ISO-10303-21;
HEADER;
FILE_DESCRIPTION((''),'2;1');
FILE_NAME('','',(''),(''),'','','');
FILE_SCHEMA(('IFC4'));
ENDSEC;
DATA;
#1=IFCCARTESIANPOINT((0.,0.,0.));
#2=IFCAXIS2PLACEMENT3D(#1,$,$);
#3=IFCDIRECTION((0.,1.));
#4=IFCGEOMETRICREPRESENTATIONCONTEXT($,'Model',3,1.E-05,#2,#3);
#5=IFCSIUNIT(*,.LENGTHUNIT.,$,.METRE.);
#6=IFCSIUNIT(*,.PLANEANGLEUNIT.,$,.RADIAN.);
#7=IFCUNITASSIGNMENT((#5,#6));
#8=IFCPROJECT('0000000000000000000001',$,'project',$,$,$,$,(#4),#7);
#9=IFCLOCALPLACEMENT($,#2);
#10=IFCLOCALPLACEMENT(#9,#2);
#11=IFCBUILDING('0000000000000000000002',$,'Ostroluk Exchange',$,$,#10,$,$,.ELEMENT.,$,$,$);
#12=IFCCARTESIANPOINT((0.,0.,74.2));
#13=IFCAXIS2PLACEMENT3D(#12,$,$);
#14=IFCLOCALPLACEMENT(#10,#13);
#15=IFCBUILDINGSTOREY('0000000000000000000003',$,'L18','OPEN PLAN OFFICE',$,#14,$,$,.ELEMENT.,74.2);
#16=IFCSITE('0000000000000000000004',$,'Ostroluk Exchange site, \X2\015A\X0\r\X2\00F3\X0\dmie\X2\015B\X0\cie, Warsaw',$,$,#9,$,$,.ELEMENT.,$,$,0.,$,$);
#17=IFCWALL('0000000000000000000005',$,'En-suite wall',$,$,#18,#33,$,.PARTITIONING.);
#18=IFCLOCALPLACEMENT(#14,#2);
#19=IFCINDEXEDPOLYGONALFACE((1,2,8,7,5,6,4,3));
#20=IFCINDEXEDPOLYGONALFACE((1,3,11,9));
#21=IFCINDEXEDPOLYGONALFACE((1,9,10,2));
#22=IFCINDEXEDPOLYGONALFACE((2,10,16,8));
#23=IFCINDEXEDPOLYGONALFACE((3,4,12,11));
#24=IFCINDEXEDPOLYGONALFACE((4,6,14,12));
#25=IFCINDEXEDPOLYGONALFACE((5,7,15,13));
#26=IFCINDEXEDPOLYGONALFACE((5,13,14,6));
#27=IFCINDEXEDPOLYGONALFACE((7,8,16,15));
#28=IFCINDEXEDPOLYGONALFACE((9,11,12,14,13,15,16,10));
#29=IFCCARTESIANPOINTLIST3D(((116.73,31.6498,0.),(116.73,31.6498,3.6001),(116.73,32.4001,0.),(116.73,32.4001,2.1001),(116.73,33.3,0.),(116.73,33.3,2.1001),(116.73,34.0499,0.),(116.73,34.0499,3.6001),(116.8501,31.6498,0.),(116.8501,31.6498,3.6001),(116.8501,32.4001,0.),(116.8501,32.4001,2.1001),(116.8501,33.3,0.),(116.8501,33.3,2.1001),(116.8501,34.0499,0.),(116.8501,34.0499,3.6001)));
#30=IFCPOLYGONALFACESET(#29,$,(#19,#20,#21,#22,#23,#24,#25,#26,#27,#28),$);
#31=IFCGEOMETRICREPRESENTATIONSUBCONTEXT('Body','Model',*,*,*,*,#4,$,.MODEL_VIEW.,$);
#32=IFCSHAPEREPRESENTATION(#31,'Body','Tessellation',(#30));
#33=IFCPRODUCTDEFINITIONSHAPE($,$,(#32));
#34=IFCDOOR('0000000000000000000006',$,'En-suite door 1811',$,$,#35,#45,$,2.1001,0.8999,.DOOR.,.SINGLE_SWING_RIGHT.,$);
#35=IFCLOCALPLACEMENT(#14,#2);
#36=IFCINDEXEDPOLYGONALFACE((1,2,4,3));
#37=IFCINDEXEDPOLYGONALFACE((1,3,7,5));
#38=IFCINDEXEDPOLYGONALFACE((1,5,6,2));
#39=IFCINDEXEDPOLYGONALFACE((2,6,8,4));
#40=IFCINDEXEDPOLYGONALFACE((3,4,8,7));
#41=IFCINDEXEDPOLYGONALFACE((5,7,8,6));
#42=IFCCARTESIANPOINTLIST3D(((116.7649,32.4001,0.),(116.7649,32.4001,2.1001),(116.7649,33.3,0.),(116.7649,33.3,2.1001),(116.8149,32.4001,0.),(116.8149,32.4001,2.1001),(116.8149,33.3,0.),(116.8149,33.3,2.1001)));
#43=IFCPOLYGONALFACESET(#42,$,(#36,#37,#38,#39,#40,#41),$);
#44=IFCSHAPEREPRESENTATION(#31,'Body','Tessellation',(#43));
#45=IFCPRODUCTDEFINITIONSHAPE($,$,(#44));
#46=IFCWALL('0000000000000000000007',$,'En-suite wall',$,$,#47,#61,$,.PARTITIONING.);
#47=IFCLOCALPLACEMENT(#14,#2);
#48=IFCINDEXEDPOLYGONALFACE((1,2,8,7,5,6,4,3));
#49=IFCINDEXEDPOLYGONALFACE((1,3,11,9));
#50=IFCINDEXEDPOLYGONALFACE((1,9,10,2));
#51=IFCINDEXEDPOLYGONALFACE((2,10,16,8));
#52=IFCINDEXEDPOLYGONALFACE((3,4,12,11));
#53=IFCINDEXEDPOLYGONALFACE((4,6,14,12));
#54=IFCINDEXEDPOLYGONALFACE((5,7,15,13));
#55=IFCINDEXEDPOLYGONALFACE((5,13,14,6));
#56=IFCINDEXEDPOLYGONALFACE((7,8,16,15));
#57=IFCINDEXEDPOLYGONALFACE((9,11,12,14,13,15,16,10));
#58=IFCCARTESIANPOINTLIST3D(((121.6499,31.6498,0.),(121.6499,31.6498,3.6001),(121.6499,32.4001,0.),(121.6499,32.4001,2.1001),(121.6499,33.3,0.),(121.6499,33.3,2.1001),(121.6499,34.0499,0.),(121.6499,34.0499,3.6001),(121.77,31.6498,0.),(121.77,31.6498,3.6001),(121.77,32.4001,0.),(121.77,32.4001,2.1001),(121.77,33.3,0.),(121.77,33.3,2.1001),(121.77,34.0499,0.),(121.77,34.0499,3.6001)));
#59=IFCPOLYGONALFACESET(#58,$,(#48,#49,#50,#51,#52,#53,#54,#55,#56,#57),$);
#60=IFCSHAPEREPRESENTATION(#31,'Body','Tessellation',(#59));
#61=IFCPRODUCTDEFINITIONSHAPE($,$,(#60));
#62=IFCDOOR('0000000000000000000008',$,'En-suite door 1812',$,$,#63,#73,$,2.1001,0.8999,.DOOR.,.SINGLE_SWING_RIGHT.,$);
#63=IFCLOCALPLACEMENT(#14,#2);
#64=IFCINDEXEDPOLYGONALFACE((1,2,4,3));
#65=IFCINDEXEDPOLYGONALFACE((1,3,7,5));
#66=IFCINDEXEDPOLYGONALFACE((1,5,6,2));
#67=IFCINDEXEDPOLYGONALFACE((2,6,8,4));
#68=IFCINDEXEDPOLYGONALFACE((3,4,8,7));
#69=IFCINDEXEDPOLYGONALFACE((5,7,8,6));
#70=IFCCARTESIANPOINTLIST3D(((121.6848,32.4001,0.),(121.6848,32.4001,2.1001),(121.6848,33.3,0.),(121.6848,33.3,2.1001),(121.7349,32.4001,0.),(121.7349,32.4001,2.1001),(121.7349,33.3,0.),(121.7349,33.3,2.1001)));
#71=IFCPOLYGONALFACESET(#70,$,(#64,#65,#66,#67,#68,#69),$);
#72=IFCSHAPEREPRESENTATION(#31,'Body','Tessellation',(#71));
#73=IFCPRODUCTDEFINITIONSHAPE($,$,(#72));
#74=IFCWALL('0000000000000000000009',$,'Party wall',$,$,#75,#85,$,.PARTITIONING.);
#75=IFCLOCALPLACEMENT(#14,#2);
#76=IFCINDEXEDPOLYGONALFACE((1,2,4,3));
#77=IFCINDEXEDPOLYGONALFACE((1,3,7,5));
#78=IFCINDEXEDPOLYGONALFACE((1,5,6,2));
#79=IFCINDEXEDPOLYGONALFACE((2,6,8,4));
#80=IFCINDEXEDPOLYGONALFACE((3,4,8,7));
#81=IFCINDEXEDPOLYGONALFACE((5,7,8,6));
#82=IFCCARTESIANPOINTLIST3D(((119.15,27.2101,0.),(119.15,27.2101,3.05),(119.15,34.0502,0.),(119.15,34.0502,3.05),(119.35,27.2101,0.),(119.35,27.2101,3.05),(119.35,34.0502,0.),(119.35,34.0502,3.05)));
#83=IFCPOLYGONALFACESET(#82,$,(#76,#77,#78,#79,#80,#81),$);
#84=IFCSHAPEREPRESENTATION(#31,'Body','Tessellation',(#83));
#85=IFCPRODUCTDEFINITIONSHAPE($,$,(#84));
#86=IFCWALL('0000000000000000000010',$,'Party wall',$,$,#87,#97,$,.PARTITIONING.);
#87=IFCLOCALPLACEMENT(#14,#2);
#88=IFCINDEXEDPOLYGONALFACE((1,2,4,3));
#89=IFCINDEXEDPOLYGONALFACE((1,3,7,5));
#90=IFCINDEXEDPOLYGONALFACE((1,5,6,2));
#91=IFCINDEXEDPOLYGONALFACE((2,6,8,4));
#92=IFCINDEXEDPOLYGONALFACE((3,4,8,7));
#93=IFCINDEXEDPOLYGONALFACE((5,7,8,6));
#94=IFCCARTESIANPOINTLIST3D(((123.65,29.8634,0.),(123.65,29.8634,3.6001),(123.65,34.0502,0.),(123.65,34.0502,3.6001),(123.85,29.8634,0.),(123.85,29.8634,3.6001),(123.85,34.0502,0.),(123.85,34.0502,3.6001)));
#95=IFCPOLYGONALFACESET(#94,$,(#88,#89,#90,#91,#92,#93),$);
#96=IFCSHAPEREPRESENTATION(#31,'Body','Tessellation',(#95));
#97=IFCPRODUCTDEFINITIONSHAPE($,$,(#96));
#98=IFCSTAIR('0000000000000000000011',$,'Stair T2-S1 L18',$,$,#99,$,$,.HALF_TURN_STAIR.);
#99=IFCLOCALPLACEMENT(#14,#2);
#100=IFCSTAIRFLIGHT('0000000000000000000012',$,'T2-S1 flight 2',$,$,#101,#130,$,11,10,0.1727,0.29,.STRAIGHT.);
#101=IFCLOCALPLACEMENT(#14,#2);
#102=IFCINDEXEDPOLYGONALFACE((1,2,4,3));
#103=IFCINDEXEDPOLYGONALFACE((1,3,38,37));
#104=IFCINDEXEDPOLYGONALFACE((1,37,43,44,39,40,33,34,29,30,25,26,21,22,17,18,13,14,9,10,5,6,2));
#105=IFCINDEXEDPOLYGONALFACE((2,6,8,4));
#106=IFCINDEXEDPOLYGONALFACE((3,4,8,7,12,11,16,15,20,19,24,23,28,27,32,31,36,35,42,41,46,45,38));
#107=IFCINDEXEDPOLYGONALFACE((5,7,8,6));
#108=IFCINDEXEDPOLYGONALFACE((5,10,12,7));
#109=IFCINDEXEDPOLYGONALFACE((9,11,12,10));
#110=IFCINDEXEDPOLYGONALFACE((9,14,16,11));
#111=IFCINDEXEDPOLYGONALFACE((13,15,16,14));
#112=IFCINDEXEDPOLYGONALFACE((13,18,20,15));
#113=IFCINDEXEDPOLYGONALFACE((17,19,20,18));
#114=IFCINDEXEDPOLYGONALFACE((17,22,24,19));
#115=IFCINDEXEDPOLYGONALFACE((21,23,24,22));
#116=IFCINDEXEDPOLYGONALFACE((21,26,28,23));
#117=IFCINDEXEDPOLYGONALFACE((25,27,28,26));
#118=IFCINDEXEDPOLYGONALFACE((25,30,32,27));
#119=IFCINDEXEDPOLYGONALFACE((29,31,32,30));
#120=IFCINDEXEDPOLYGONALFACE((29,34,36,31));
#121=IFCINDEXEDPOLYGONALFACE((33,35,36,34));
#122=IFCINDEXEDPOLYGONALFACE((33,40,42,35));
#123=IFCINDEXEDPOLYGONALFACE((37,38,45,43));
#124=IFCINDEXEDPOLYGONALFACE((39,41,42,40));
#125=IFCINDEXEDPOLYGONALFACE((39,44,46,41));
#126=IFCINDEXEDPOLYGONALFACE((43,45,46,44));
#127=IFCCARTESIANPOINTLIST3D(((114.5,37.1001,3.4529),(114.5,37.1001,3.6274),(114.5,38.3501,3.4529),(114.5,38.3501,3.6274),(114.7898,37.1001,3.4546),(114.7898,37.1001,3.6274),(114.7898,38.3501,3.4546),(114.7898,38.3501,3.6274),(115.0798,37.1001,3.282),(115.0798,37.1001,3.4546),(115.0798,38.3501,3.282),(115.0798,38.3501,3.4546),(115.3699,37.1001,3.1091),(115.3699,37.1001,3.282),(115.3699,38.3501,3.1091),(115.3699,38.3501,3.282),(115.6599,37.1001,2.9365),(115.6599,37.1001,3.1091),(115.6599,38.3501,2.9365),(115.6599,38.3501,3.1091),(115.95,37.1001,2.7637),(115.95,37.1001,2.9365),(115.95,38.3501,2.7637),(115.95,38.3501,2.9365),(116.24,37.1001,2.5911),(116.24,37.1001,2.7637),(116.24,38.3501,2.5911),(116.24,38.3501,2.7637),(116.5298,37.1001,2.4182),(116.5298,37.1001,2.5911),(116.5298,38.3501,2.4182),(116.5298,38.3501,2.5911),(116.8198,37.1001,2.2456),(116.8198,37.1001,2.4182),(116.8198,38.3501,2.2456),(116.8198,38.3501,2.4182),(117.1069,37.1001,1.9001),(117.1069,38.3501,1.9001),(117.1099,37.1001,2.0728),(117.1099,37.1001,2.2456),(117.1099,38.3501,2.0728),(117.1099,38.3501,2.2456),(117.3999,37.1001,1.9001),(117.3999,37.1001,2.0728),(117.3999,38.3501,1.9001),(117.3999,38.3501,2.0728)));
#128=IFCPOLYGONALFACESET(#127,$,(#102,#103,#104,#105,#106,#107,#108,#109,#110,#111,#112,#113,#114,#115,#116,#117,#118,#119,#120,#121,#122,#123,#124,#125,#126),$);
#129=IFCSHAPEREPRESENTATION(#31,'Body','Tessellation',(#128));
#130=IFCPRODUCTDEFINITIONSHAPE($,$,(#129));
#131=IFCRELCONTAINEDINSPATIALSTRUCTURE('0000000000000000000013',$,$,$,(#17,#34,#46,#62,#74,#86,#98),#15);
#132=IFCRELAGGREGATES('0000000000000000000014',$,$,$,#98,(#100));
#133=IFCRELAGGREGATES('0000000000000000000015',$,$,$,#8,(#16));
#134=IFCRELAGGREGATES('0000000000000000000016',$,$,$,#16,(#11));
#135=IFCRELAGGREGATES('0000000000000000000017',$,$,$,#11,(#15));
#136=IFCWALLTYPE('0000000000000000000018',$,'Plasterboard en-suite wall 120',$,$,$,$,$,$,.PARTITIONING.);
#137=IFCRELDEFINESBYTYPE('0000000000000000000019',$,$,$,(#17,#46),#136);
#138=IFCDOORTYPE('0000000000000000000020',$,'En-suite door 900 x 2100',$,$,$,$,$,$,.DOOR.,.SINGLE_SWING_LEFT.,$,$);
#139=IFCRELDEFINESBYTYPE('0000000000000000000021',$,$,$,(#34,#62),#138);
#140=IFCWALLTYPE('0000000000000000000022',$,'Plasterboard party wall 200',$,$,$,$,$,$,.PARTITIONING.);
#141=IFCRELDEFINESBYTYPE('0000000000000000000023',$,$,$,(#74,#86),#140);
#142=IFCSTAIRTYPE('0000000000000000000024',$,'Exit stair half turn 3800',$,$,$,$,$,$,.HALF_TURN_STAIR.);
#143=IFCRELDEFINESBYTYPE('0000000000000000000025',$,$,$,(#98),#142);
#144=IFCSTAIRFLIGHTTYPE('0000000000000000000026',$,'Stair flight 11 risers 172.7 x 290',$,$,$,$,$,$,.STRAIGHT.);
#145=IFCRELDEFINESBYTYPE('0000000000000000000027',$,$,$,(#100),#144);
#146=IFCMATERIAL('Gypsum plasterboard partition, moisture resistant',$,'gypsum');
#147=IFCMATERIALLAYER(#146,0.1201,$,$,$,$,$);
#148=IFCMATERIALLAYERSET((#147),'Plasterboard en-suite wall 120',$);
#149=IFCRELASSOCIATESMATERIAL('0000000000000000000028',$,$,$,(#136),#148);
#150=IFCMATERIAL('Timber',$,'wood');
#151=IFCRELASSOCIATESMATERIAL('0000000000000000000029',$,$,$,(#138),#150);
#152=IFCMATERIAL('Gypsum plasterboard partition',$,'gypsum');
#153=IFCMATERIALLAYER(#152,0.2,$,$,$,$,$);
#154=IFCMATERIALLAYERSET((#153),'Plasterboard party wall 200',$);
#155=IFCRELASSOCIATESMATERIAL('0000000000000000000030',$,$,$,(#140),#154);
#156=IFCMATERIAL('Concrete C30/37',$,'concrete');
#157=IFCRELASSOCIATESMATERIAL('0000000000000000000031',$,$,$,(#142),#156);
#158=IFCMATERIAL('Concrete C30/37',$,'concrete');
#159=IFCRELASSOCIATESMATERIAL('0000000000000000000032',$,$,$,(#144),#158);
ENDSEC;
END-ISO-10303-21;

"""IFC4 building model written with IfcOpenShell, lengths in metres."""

from ifc_helpers import new_model, si_unit, direction, frame, frame_2d, origin, place, context, subcontext, project, spatial, polyline, rectangle, outline, extrude, material, layer, layer_set, type_object, element, fill, aggregate, save


model = new_model("IFC4")

# Units and contexts
model_context = context("Model", 3, precision=1e-05, world=origin(), true_north=direction((0.0, 1.0)))
body_context = subcontext(model_context, "Body", "Model", "MODEL_VIEW")
ifc_project = project(units=[si_unit("LENGTHUNIT", "METRE"), si_unit("PLANEANGLEUNIT", "RADIAN")], contexts=[model_context])

# Site, building, storey
site_placement = place(None, origin())
site = spatial("IfcSite", under=ifc_project, at=site_placement, Name="Ostroluk Exchange site, Śródmieście, Warsaw", CompositionType="ELEMENT", RefElevation=0.0)
building_placement = place(site_placement, origin())
building = spatial("IfcBuilding", under=site, at=building_placement, Name="Ostroluk Exchange", CompositionType="ELEMENT")
storey_placement = place(building_placement, frame((0.0, 0.0, 74.2)))
storey = spatial("IfcBuildingStorey", under=building, at=storey_placement, Name="L18", Description="OPEN PLAN OFFICE", CompositionType="ELEMENT", Elevation=74.2)

# Walls, openings, doors
ifc_material_1 = material(Name="Gypsum plasterboard partition, moisture resistant", Category="gypsum")
ifc_layer_1 = layer(ifc_material_1, 0.1201)
ifc_layer_set_1 = layer_set([ifc_layer_1], Name="Plasterboard en-suite wall 120")
wall_type_1 = type_object("IfcWallType", Name="Plasterboard en-suite wall 120", PredefinedType="PARTITIONING", material=ifc_layer_set_1)
wall_1_placement = place(storey_placement, frame((116.79, 34.05, 0.0), z_axis=(0.0, 0.0, 1.0), x_axis=(0.0, -1.0, 0.0)))
wall_1 = element("IfcWall", 1, at=wall_1_placement, inside=storey, type_object=wall_type_1, Name="En-suite wall", PredefinedType="PARTITIONING", context=body_context, shape_type="SweptSolid", body=[
    extrude(rectangle(XDim=2.4001, YDim=0.1201, at=frame_2d((1.2002, 0.0))), origin(), (0.0, 0.0, 1.0), 3.6001),
])
opening_1_placement = place(wall_1_placement, frame((0.75, 0.0, 0.0)))
opening_1 = element("IfcOpeningElement", 2, at=opening_1_placement, cuts=wall_1, PredefinedType="OPENING", context=body_context, shape_type="SweptSolid", body=[
    extrude(rectangle(XDim=0.8999, YDim=2.1001, at=frame_2d((0.45, 1.05))), frame((0.0, 0.0701, 0.0), z_axis=(0.0, -1.0, 0.0), x_axis=(1.0, 0.0, 0.0)), (0.0, 0.0, 1.0), 0.1401),
])
ifc_material_2 = material(Name="Timber", Category="wood")
door_type_1 = type_object("IfcDoorType", Name="En-suite door 900 x 2100", OperationType="SINGLE_SWING_LEFT", PredefinedType="DOOR", material=ifc_material_2)
door_1_placement = place(opening_1_placement, origin())
door_1 = element("IfcDoor", 3, at=door_1_placement, inside=storey, type_object=door_type_1, Name="En-suite door 1811", OperationType="SINGLE_SWING_RIGHT", OverallHeight=2.1001, OverallWidth=0.8999, PredefinedType="DOOR", context=body_context, shape_type="SweptSolid", body=[
    extrude(rectangle(XDim=0.8999, YDim=2.1001, at=frame_2d((0.45, 1.05))), frame((0.0, 0.0249, 0.0), z_axis=(0.0, -1.0, 0.0), x_axis=(1.0, 0.0, 0.0)), (0.0, 0.0, 1.0), 0.05),
])
fill(opening_1, door_1)
wall_2_placement = place(storey_placement, frame((121.71, 34.05, 0.0), z_axis=(0.0, 0.0, 1.0), x_axis=(0.0, -1.0, 0.0)))
wall_2 = element("IfcWall", 4, at=wall_2_placement, inside=storey, type_object=wall_type_1, Name="En-suite wall", PredefinedType="PARTITIONING", context=body_context, shape_type="SweptSolid", body=[
    extrude(rectangle(XDim=2.4001, YDim=0.1201, at=frame_2d((1.2002, 0.0))), origin(), (0.0, 0.0, 1.0), 3.6001),
])
opening_2_placement = place(wall_2_placement, frame((0.75, 0.0, 0.0)))
opening_2 = element("IfcOpeningElement", 5, at=opening_2_placement, cuts=wall_2, PredefinedType="OPENING", context=body_context, shape_type="SweptSolid", body=[
    extrude(rectangle(XDim=0.8999, YDim=2.1001, at=frame_2d((0.45, 1.05))), frame((0.0, 0.0701, 0.0), z_axis=(0.0, -1.0, 0.0), x_axis=(1.0, 0.0, 0.0)), (0.0, 0.0, 1.0), 0.1401),
])
door_2_placement = place(opening_2_placement, origin())
door_2 = element("IfcDoor", 6, at=door_2_placement, inside=storey, type_object=door_type_1, Name="En-suite door 1812", OperationType="SINGLE_SWING_RIGHT", OverallHeight=2.1001, OverallWidth=0.8999, PredefinedType="DOOR", context=body_context, shape_type="SweptSolid", body=[
    extrude(rectangle(XDim=0.8999, YDim=2.1001, at=frame_2d((0.45, 1.05))), frame((0.0, 0.0249, 0.0), z_axis=(0.0, -1.0, 0.0), x_axis=(1.0, 0.0, 0.0)), (0.0, 0.0, 1.0), 0.05),
])
fill(opening_2, door_2)

# Walls
ifc_material_3 = material(Name="Gypsum plasterboard partition", Category="gypsum")
ifc_layer_2 = layer(ifc_material_3, 0.2)
ifc_layer_set_2 = layer_set([ifc_layer_2], Name="Plasterboard party wall 200")
wall_type_2 = type_object("IfcWallType", Name="Plasterboard party wall 200", PredefinedType="PARTITIONING", material=ifc_layer_set_2)
wall_3_placement = place(storey_placement, frame((119.25, 34.05, 0.0), z_axis=(0.0, 0.0, 1.0), x_axis=(0.0, -1.0, 0.0)))
element("IfcWall", 7, at=wall_3_placement, inside=storey, type_object=wall_type_2, Name="Party wall", PredefinedType="PARTITIONING", context=body_context, shape_type="SweptSolid", body=[
    extrude(rectangle(XDim=6.8401, YDim=0.2, at=frame_2d((3.4199, 0.0))), origin(), (0.0, 0.0, 1.0), 3.05),
])
wall_4_placement = place(storey_placement, frame((123.75, 34.05, 0.0), z_axis=(0.0, 0.0, 1.0), x_axis=(0.0, -1.0, 0.0)))
element("IfcWall", 8, at=wall_4_placement, inside=storey, type_object=wall_type_2, Name="Party wall", PredefinedType="PARTITIONING", context=body_context, shape_type="SweptSolid", body=[
    extrude(rectangle(XDim=4.1868, YDim=0.2, at=frame_2d((2.0933, 0.0))), origin(), (0.0, 0.0, 1.0), 3.6001),
])

# Stair, stair flight
ifc_material_4 = material(Name="Concrete C30/37", Category="concrete")
stair_type = type_object("IfcStairType", Name="Exit stair half turn 3800", PredefinedType="HALF_TURN_STAIR", material=ifc_material_4)
stair_placement = place(storey_placement, origin())
stair = element("IfcStair", 9, at=stair_placement, inside=storey, type_object=stair_type, Name="Stair T2-S1 L18", PredefinedType="HALF_TURN_STAIR")
ifc_material_5 = material(Name="Concrete C30/37", Category="concrete")
stair_flight_type = type_object("IfcStairFlightType", Name="Stair flight 11 risers 172.7 x 290", PredefinedType="STRAIGHT", material=ifc_material_5)
stair_flight_placement = place(storey_placement, frame((117.3999, 37.7251, 1.9001), z_axis=(0.0, 0.0, 1.0), x_axis=(-1.0, 0.0, 0.0)))
stair_flight = element("IfcStairFlight", 10, at=stair_flight_placement, type_object=stair_flight_type, Name="T2-S1 flight 2", NumberOfRisers=11, NumberOfTreads=10, PredefinedType="STRAIGHT", RiserHeight=0.1727, TreadLength=0.29, context=body_context, shape_type="SweptSolid", body=[
    extrude(outline(polyline([(0.0, 0.0), (0.0, 0.1726), (0.29, 0.1726), (0.29, 0.3455), (0.5801, 0.3455), (0.5801, 0.5181), (0.8701, 0.5181), (0.8701, 0.6909), (1.1599, 0.6909), (1.1599, 0.8635), (1.45, 0.8635), (1.45, 1.0364), (1.74, 1.0364), (1.74, 1.209), (2.03, 1.209), (2.03, 1.3818), (2.3201, 1.3818), (2.3201, 1.5544), (2.6101, 1.5544), (2.6101, 1.7273), (2.8999, 1.7273), (2.8999, 1.8999), (2.8999, 1.5527), (0.293, 0.0), (0.0, 0.0)])), frame((0.0, 0.625, 0.0), z_axis=(0.0, -1.0, 0.0), x_axis=(1.0, 0.0, 0.0)), (0.0, 0.0, 1.0), 1.25),
])
aggregate(stair, [stair_flight])

save(model, "model.ifc")
